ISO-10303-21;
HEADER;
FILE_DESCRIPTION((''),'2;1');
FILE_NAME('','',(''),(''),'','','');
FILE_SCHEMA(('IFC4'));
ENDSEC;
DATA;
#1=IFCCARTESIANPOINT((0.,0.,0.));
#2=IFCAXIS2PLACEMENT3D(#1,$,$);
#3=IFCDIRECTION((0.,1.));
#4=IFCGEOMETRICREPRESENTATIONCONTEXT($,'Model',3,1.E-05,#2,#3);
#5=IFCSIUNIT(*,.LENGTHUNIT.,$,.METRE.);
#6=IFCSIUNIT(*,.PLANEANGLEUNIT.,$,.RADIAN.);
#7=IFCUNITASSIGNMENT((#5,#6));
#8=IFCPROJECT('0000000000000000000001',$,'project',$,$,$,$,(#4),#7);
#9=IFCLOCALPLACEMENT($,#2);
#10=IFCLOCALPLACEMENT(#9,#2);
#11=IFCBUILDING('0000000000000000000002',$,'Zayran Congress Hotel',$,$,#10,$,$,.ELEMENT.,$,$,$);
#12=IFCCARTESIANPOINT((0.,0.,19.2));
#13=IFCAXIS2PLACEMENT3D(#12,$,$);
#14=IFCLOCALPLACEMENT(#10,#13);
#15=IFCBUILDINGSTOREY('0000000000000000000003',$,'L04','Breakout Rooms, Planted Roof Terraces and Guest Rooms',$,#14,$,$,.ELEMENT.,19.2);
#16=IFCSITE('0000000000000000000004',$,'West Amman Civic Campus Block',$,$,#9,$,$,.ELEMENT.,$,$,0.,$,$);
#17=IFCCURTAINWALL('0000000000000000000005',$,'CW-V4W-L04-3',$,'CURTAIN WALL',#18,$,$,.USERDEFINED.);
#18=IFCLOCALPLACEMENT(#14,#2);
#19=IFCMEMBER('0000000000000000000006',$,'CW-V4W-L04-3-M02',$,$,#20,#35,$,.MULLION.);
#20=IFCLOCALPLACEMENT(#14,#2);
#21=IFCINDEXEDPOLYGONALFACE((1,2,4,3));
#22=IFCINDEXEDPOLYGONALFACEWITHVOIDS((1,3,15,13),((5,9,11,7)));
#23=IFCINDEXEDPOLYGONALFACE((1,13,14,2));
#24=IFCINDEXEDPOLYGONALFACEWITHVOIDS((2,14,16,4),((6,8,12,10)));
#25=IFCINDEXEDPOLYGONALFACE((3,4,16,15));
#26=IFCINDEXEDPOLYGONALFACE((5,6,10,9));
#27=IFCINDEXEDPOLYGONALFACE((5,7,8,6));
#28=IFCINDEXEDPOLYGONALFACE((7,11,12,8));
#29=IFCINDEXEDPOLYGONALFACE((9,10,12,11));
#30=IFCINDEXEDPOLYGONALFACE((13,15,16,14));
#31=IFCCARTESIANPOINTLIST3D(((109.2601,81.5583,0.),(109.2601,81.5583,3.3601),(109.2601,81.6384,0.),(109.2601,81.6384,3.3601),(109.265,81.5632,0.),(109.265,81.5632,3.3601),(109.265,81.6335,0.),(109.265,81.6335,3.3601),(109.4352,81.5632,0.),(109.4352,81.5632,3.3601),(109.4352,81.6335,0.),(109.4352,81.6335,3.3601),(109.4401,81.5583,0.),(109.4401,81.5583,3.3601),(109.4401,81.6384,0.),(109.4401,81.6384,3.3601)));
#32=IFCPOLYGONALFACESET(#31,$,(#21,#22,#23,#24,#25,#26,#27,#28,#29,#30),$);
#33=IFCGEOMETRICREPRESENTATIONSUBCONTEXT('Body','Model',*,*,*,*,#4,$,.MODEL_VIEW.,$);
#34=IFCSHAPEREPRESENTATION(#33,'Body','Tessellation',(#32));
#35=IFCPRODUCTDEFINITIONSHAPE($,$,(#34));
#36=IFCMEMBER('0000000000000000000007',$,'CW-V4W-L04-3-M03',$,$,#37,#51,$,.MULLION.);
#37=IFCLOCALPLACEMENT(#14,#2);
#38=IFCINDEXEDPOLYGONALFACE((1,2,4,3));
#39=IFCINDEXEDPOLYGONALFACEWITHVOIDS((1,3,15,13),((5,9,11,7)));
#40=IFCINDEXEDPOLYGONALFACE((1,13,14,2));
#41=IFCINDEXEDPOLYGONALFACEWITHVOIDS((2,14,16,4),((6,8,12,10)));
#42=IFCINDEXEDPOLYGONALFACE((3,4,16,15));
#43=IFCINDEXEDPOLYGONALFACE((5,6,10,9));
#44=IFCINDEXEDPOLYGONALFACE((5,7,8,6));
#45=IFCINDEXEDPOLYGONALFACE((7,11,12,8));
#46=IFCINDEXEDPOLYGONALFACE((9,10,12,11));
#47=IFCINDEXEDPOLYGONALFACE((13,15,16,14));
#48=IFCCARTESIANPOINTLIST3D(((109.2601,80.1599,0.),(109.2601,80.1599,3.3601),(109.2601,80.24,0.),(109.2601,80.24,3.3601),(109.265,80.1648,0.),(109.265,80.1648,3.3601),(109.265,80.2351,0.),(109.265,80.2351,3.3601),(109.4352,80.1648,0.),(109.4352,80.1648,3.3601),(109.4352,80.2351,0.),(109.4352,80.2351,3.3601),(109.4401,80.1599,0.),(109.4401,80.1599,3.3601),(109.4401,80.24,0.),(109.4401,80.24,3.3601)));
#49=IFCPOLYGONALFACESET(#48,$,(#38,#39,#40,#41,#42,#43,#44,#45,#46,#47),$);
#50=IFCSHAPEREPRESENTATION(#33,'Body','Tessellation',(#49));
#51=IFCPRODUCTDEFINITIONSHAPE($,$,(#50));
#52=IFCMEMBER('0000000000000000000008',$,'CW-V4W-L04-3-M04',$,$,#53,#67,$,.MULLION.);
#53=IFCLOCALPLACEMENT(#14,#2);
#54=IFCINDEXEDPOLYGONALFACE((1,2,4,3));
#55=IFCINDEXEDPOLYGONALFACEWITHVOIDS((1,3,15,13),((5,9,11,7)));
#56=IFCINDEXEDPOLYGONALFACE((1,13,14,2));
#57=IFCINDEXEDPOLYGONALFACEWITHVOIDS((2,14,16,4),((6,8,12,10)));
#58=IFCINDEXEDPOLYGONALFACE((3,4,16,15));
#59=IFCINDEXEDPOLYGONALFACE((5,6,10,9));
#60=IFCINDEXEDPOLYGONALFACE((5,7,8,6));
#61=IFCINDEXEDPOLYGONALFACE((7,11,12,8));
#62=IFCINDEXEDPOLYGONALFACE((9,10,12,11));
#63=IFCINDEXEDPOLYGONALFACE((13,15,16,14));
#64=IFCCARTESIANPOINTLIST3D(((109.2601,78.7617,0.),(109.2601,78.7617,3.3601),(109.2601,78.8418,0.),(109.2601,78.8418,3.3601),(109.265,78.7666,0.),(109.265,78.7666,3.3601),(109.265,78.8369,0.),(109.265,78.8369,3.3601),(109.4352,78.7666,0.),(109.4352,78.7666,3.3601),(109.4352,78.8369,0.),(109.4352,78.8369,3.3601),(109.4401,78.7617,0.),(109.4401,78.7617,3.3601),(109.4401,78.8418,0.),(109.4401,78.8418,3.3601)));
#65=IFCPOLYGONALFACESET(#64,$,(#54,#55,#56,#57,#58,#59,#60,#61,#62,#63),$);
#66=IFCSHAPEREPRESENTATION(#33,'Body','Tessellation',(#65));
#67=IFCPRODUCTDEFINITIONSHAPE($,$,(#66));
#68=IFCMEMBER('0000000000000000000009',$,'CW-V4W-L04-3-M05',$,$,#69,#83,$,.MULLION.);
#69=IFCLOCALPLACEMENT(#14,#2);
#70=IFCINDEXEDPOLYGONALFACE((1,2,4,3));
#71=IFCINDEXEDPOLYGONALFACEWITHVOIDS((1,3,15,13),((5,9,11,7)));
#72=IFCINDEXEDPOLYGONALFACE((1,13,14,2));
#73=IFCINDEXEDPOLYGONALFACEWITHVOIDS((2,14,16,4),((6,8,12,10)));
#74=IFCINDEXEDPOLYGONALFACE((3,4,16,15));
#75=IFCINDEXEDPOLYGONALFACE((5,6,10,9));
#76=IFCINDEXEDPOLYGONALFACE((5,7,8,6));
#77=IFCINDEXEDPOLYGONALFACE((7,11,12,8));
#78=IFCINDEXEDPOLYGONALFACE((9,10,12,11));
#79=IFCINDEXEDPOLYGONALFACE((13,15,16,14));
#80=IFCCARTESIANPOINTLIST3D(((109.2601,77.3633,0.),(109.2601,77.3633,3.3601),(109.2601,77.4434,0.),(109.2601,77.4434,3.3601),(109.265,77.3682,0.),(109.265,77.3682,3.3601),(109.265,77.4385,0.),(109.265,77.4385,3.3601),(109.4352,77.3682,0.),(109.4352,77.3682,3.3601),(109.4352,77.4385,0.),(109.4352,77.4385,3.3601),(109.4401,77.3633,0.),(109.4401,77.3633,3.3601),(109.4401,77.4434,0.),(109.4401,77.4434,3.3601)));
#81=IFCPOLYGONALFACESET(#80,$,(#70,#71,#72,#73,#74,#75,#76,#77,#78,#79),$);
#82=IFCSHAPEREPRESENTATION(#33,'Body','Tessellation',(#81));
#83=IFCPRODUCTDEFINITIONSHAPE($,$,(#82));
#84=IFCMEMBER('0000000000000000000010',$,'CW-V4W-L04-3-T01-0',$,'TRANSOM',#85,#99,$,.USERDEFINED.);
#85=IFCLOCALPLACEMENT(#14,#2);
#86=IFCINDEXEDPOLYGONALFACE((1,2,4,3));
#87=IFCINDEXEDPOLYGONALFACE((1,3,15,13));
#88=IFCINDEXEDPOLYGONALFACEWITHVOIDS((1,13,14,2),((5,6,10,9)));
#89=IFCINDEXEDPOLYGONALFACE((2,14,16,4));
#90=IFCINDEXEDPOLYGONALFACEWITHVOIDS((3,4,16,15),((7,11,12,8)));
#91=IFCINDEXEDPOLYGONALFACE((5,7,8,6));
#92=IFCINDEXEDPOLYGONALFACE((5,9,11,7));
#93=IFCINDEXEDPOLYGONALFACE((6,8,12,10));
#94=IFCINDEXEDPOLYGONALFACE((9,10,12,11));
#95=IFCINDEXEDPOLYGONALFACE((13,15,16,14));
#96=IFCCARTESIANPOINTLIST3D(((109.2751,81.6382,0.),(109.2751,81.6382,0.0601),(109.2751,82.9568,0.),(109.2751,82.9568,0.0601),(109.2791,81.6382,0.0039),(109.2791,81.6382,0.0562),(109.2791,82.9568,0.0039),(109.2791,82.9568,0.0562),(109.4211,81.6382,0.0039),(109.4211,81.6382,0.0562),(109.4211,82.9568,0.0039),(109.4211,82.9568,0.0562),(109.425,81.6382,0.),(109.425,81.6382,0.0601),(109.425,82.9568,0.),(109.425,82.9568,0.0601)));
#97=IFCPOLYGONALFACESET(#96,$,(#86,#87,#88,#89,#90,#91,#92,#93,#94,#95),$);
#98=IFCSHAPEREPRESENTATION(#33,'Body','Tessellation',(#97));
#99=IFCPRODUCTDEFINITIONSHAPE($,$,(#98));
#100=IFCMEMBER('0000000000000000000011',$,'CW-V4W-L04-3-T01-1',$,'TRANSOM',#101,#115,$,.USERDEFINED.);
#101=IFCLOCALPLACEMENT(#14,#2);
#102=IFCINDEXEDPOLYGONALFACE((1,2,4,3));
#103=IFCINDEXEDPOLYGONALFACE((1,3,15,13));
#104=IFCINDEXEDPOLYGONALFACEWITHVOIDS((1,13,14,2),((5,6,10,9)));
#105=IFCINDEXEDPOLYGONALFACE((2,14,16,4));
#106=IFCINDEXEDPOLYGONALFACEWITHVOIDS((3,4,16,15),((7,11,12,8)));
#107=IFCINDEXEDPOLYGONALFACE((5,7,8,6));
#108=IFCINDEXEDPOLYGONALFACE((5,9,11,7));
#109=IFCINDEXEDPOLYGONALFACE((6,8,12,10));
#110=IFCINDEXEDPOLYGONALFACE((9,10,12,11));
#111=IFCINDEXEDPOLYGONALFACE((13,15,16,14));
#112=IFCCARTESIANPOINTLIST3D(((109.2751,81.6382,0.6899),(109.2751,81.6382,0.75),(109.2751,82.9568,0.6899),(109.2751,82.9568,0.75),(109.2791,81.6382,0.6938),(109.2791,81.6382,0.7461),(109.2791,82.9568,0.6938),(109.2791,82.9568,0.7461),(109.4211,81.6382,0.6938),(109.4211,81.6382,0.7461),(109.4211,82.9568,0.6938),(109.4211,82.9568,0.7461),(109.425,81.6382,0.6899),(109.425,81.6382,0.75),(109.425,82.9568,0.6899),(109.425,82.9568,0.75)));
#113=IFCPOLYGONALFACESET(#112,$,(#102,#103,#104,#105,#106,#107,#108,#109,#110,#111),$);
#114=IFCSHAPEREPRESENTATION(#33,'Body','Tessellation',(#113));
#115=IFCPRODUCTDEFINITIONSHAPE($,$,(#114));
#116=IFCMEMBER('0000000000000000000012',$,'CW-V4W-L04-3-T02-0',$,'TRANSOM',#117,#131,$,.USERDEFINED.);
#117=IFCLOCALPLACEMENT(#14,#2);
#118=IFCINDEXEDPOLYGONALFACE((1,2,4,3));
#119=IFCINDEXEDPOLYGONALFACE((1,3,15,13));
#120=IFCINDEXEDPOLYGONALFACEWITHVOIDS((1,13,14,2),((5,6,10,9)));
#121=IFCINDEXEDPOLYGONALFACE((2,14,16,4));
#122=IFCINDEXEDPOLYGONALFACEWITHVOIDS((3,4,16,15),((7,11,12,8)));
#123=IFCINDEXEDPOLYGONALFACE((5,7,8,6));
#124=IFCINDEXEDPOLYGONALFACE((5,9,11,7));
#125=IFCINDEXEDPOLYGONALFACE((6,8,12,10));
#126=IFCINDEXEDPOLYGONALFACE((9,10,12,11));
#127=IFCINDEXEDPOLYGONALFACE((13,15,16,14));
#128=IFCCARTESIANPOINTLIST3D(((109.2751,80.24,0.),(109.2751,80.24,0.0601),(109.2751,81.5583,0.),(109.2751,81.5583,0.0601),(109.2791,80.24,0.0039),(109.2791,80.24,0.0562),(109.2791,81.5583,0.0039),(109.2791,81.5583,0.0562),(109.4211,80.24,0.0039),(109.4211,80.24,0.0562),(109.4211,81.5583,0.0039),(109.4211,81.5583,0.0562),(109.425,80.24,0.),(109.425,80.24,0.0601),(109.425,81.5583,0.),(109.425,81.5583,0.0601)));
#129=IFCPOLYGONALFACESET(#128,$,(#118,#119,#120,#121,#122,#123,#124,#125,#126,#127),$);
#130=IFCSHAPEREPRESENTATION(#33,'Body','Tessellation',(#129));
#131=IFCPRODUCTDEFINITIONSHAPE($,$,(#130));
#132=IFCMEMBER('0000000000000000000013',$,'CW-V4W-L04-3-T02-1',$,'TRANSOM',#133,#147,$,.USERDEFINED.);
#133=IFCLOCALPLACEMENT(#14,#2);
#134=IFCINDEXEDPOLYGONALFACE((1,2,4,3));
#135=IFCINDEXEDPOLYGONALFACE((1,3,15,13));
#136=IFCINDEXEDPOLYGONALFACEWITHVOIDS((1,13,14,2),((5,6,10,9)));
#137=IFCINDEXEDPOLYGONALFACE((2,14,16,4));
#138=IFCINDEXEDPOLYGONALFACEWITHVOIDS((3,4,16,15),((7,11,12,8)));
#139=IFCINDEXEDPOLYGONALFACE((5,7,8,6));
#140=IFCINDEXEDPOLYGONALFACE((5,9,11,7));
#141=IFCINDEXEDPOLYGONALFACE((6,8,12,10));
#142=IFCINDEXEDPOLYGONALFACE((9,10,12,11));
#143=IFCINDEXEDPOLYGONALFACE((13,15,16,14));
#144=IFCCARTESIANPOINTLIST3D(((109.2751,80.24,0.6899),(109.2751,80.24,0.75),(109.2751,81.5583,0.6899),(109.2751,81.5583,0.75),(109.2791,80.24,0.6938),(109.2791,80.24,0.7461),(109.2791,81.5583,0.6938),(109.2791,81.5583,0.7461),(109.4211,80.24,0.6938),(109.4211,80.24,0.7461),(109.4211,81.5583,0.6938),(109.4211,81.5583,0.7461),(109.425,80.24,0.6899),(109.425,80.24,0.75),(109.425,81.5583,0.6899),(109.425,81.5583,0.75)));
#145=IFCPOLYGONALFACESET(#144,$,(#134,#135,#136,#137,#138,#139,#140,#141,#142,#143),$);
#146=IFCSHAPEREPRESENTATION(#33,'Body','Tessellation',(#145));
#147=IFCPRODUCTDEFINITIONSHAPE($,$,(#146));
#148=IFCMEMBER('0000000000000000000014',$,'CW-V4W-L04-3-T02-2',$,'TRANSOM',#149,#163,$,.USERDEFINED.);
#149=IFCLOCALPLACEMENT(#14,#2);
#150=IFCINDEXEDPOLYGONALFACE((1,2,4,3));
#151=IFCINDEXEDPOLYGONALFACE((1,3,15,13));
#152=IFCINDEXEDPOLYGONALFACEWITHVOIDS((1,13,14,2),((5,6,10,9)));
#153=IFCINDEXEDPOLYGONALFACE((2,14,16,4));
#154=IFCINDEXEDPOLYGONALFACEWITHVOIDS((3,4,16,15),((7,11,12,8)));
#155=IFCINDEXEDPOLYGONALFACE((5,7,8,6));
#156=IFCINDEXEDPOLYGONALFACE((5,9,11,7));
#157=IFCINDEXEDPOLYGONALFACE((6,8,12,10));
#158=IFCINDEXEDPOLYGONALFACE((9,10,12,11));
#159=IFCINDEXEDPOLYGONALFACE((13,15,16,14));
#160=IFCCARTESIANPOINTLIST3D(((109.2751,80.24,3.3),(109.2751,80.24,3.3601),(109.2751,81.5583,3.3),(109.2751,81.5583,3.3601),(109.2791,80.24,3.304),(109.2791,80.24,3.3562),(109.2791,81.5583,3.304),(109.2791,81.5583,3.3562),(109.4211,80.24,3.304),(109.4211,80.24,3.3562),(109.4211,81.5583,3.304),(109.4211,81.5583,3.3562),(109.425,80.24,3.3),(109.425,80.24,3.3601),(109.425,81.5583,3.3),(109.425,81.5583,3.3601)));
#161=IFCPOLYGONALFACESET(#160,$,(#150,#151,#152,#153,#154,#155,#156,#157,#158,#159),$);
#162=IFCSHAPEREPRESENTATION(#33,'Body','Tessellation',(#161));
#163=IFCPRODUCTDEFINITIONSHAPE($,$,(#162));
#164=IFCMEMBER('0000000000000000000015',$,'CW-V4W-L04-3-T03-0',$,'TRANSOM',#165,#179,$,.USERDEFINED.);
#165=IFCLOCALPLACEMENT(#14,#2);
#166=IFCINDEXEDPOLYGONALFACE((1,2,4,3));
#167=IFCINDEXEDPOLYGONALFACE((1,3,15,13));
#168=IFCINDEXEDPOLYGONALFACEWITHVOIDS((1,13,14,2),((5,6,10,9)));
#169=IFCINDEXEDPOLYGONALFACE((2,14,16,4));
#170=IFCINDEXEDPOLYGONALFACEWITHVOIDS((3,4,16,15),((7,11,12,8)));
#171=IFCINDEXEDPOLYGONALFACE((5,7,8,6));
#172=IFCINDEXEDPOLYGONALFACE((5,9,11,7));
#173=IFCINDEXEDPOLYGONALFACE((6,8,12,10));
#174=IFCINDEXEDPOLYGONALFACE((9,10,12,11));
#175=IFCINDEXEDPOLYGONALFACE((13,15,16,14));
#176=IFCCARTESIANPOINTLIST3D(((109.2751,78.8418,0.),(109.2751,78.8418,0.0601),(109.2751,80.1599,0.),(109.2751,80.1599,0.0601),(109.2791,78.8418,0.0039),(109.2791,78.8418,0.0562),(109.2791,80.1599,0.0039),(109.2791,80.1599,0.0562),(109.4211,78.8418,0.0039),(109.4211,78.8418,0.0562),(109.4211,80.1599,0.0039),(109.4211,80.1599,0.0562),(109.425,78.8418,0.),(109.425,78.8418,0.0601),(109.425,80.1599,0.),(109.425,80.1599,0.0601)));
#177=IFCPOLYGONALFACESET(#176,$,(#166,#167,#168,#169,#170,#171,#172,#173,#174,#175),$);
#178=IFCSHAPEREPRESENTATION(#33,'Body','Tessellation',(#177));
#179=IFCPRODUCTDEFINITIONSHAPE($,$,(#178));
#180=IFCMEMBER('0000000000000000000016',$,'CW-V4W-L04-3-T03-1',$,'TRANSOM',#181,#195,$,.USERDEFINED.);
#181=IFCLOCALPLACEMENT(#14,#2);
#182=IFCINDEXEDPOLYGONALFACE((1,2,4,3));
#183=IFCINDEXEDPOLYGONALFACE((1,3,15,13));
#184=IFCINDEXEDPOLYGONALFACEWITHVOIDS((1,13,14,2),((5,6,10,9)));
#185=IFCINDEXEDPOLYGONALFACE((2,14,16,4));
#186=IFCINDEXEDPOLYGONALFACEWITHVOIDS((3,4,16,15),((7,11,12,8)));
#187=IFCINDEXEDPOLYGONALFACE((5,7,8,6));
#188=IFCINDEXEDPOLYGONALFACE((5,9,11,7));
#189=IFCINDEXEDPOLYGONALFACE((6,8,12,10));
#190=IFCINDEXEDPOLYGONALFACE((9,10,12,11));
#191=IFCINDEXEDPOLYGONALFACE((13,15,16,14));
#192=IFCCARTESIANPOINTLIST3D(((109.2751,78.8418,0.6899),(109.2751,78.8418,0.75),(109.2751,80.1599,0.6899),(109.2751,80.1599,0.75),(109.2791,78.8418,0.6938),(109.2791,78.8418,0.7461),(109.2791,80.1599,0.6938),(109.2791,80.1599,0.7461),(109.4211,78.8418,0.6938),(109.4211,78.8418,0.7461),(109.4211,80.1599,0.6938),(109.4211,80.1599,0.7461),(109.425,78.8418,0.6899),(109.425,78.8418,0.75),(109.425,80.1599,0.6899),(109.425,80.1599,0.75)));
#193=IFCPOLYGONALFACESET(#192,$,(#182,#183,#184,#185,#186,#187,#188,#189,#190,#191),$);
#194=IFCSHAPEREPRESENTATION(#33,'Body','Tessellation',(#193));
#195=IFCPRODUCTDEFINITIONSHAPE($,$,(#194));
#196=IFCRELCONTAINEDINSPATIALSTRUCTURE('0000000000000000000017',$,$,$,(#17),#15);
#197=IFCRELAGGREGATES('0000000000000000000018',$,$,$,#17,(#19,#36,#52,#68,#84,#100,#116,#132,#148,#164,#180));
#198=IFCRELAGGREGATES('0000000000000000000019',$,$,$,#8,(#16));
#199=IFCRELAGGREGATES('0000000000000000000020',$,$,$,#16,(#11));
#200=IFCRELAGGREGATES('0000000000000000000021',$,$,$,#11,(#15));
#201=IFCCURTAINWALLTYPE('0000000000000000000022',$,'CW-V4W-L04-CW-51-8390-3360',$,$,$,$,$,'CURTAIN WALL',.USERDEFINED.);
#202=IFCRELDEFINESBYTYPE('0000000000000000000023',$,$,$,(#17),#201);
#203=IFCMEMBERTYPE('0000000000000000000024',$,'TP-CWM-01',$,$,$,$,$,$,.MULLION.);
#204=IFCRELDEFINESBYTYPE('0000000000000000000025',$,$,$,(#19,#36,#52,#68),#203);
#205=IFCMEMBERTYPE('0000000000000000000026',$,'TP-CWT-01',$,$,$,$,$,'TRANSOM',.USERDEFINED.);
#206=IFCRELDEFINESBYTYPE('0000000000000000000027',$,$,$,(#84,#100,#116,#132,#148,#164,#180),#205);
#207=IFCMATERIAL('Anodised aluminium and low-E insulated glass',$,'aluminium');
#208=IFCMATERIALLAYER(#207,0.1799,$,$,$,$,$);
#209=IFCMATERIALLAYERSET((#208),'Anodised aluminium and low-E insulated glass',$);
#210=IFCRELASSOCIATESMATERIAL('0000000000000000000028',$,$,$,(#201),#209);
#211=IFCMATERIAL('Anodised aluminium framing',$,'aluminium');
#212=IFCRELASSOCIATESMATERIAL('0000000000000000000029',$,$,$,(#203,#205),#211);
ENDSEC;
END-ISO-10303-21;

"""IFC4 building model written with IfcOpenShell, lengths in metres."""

from ifc_helpers import new_model, si_unit, direction, frame, origin, origin_2d, place, context, subcontext, project, spatial, hollow_rectangle, extrude, material, layer, layer_set, material_profile, profile_set, type_object, element, aggregate, save


model = new_model("IFC4")

# Units and contexts
model_context = context("Model", 3, precision=1e-05, world=origin(), true_north=direction((0.0, 1.0)))
body_context = subcontext(model_context, "Body", "Model", "MODEL_VIEW")
ifc_project = project(units=[si_unit("LENGTHUNIT", "METRE"), si_unit("PLANEANGLEUNIT", "RADIAN")], contexts=[model_context])

# Site, building, storey
site_placement = place(None, origin())
site = spatial("IfcSite", under=ifc_project, at=site_placement, Name="West Amman Civic Campus Block", CompositionType="ELEMENT", RefElevation=0.0)
building_placement = place(site_placement, origin())
building = spatial("IfcBuilding", under=site, at=building_placement, Name="Zayran Congress Hotel", CompositionType="ELEMENT")
storey_placement = place(building_placement, frame((0.0, 0.0, 19.2)))
storey = spatial("IfcBuildingStorey", under=building, at=storey_placement, Name="L04", Description="Breakout Rooms, Planted Roof Terraces and Guest Rooms", CompositionType="ELEMENT", Elevation=19.2)

# Curtain wall, members
ifc_material_1 = material(Name="Anodised aluminium and low-E insulated glass", Category="aluminium")
ifc_layer_1 = layer(ifc_material_1, 0.1799)
ifc_layer_set_1 = layer_set([ifc_layer_1], Name="Anodised aluminium and low-E insulated glass")
curtain_wall_type = type_object("IfcCurtainWallType", Name="CW-V4W-L04-CW-51-8390-3360", ElementType="CURTAIN WALL", PredefinedType="USERDEFINED", material=ifc_layer_set_1)
curtain_wall_placement = place(storey_placement, origin())
curtain_wall = element("IfcCurtainWall", 1, at=curtain_wall_placement, inside=storey, type_object=curtain_wall_type, Name="CW-V4W-L04-3", ObjectType="CURTAIN WALL", PredefinedType="USERDEFINED")
ifc_material_2 = material(Name="Anodised aluminium framing", Category="aluminium")
ifc_material_profile_1 = material_profile(ifc_material_2, hollow_rectangle(XDim=0.0801, YDim=0.1799, WallThickness=0.0049, at=origin_2d()), Name="RHS 180x80x5")
ifc_profile_set_1 = profile_set([ifc_material_profile_1], Name="Anodised aluminium framing")
member_type_1 = type_object("IfcMemberType", Name="TP-CWM-01", PredefinedType="MULLION", material=ifc_profile_set_1)
member_1_placement = place(storey_placement, frame((109.3501, 81.5984, 0.0), z_axis=(0.0, 0.0, 1.0), x_axis=(0.0, 1.0, 0.0)))
member_1 = element("IfcMember", 2, at=member_1_placement, type_object=member_type_1, Name="CW-V4W-L04-3-M02", PredefinedType="MULLION", context=body_context, shape_type="SweptSolid", body=[
    extrude(hollow_rectangle(XDim=0.0801, YDim=0.1799, WallThickness=0.0049, at=origin_2d()), origin(), (0.0, 0.0, 1.0), 3.3601),
])
member_2_placement = place(storey_placement, frame((109.3501, 80.2, 0.0), z_axis=(0.0, 0.0, 1.0), x_axis=(0.0, 1.0, 0.0)))
member_2 = element("IfcMember", 3, at=member_2_placement, type_object=member_type_1, Name="CW-V4W-L04-3-M03", PredefinedType="MULLION", context=body_context, shape_type="SweptSolid", body=[
    extrude(hollow_rectangle(XDim=0.0801, YDim=0.1799, WallThickness=0.0049, at=origin_2d()), origin(), (0.0, 0.0, 1.0), 3.3601),
])
member_3_placement = place(storey_placement, frame((109.3501, 78.8018, 0.0), z_axis=(0.0, 0.0, 1.0), x_axis=(0.0, 1.0, 0.0)))
member_3 = element("IfcMember", 4, at=member_3_placement, type_object=member_type_1, Name="CW-V4W-L04-3-M04", PredefinedType="MULLION", context=body_context, shape_type="SweptSolid", body=[
    extrude(hollow_rectangle(XDim=0.0801, YDim=0.1799, WallThickness=0.0049, at=origin_2d()), origin(), (0.0, 0.0, 1.0), 3.3601),
])
member_4_placement = place(storey_placement, frame((109.3501, 77.4033, 0.0), z_axis=(0.0, 0.0, 1.0), x_axis=(0.0, 1.0, 0.0)))
member_4 = element("IfcMember", 5, at=member_4_placement, type_object=member_type_1, Name="CW-V4W-L04-3-M05", PredefinedType="MULLION", context=body_context, shape_type="SweptSolid", body=[
    extrude(hollow_rectangle(XDim=0.0801, YDim=0.1799, WallThickness=0.0049, at=origin_2d()), origin(), (0.0, 0.0, 1.0), 3.3601),
])
ifc_material_profile_2 = material_profile(ifc_material_2, hollow_rectangle(XDim=0.0601, YDim=0.1499, WallThickness=0.0039, at=origin_2d()), Name="RHS 150x60x4")
ifc_profile_set_2 = profile_set([ifc_material_profile_2], Name="Anodised aluminium framing")
member_type_2 = type_object("IfcMemberType", Name="TP-CWT-01", ElementType="TRANSOM", PredefinedType="USERDEFINED", material=ifc_profile_set_2)
member_5_placement = place(storey_placement, frame((109.3501, 82.9568, 0.03), z_axis=(0.0, -1.0, 0.0), x_axis=(0.0, 0.0, 1.0)))
member_5 = element("IfcMember", 6, at=member_5_placement, type_object=member_type_2, Name="CW-V4W-L04-3-T01-0", ObjectType="TRANSOM", PredefinedType="USERDEFINED", context=body_context, shape_type="SweptSolid", body=[
    extrude(hollow_rectangle(XDim=0.0601, YDim=0.1499, WallThickness=0.0039, at=origin_2d()), origin(), (0.0, 0.0, 1.0), 1.3186),
])
member_6_placement = place(storey_placement, frame((109.3501, 82.9568, 0.72), z_axis=(0.0, -1.0, 0.0), x_axis=(0.0, 0.0, 1.0)))
member_6 = element("IfcMember", 7, at=member_6_placement, type_object=member_type_2, Name="CW-V4W-L04-3-T01-1", ObjectType="TRANSOM", PredefinedType="USERDEFINED", context=body_context, shape_type="SweptSolid", body=[
    extrude(hollow_rectangle(XDim=0.0601, YDim=0.1499, WallThickness=0.0039, at=origin_2d()), origin(), (0.0, 0.0, 1.0), 1.3186),
])
member_7_placement = place(storey_placement, frame((109.3501, 81.5583, 0.03), z_axis=(0.0, -1.0, 0.0), x_axis=(0.0, 0.0, 1.0)))
member_7 = element("IfcMember", 8, at=member_7_placement, type_object=member_type_2, Name="CW-V4W-L04-3-T02-0", ObjectType="TRANSOM", PredefinedType="USERDEFINED", context=body_context, shape_type="SweptSolid", body=[
    extrude(hollow_rectangle(XDim=0.0601, YDim=0.1499, WallThickness=0.0039, at=origin_2d()), origin(), (0.0, 0.0, 1.0), 1.3184),
])
member_8_placement = place(storey_placement, frame((109.3501, 81.5583, 0.72), z_axis=(0.0, -1.0, 0.0), x_axis=(0.0, 0.0, 1.0)))
member_8 = element("IfcMember", 9, at=member_8_placement, type_object=member_type_2, Name="CW-V4W-L04-3-T02-1", ObjectType="TRANSOM", PredefinedType="USERDEFINED", context=body_context, shape_type="SweptSolid", body=[
    extrude(hollow_rectangle(XDim=0.0601, YDim=0.1499, WallThickness=0.0039, at=origin_2d()), origin(), (0.0, 0.0, 1.0), 1.3184),
])
member_9_placement = place(storey_placement, frame((109.3501, 81.5583, 3.3301), z_axis=(0.0, -1.0, 0.0), x_axis=(0.0, 0.0, 1.0)))
member_9 = element("IfcMember", 10, at=member_9_placement, type_object=member_type_2, Name="CW-V4W-L04-3-T02-2", ObjectType="TRANSOM", PredefinedType="USERDEFINED", context=body_context, shape_type="SweptSolid", body=[
    extrude(hollow_rectangle(XDim=0.0601, YDim=0.1499, WallThickness=0.0039, at=origin_2d()), origin(), (0.0, 0.0, 1.0), 1.3184),
])
member_10_placement = place(storey_placement, frame((109.3501, 80.1599, 0.03), z_axis=(0.0, -1.0, 0.0), x_axis=(0.0, 0.0, 1.0)))
member_10 = element("IfcMember", 11, at=member_10_placement, type_object=member_type_2, Name="CW-V4W-L04-3-T03-0", ObjectType="TRANSOM", PredefinedType="USERDEFINED", context=body_context, shape_type="SweptSolid", body=[
    extrude(hollow_rectangle(XDim=0.0601, YDim=0.1499, WallThickness=0.0039, at=origin_2d()), origin(), (0.0, 0.0, 1.0), 1.3181),
])
member_11_placement = place(storey_placement, frame((109.3501, 80.1599, 0.72), z_axis=(0.0, -1.0, 0.0), x_axis=(0.0, 0.0, 1.0)))
member_11 = element("IfcMember", 12, at=member_11_placement, type_object=member_type_2, Name="CW-V4W-L04-3-T03-1", ObjectType="TRANSOM", PredefinedType="USERDEFINED", context=body_context, shape_type="SweptSolid", body=[
    extrude(hollow_rectangle(XDim=0.0601, YDim=0.1499, WallThickness=0.0039, at=origin_2d()), origin(), (0.0, 0.0, 1.0), 1.3181),
])
aggregate(curtain_wall, [member_1, member_2, member_3, member_4, member_5, member_6, member_7, member_8, member_9, member_10, member_11])

save(model, "model.ifc")
